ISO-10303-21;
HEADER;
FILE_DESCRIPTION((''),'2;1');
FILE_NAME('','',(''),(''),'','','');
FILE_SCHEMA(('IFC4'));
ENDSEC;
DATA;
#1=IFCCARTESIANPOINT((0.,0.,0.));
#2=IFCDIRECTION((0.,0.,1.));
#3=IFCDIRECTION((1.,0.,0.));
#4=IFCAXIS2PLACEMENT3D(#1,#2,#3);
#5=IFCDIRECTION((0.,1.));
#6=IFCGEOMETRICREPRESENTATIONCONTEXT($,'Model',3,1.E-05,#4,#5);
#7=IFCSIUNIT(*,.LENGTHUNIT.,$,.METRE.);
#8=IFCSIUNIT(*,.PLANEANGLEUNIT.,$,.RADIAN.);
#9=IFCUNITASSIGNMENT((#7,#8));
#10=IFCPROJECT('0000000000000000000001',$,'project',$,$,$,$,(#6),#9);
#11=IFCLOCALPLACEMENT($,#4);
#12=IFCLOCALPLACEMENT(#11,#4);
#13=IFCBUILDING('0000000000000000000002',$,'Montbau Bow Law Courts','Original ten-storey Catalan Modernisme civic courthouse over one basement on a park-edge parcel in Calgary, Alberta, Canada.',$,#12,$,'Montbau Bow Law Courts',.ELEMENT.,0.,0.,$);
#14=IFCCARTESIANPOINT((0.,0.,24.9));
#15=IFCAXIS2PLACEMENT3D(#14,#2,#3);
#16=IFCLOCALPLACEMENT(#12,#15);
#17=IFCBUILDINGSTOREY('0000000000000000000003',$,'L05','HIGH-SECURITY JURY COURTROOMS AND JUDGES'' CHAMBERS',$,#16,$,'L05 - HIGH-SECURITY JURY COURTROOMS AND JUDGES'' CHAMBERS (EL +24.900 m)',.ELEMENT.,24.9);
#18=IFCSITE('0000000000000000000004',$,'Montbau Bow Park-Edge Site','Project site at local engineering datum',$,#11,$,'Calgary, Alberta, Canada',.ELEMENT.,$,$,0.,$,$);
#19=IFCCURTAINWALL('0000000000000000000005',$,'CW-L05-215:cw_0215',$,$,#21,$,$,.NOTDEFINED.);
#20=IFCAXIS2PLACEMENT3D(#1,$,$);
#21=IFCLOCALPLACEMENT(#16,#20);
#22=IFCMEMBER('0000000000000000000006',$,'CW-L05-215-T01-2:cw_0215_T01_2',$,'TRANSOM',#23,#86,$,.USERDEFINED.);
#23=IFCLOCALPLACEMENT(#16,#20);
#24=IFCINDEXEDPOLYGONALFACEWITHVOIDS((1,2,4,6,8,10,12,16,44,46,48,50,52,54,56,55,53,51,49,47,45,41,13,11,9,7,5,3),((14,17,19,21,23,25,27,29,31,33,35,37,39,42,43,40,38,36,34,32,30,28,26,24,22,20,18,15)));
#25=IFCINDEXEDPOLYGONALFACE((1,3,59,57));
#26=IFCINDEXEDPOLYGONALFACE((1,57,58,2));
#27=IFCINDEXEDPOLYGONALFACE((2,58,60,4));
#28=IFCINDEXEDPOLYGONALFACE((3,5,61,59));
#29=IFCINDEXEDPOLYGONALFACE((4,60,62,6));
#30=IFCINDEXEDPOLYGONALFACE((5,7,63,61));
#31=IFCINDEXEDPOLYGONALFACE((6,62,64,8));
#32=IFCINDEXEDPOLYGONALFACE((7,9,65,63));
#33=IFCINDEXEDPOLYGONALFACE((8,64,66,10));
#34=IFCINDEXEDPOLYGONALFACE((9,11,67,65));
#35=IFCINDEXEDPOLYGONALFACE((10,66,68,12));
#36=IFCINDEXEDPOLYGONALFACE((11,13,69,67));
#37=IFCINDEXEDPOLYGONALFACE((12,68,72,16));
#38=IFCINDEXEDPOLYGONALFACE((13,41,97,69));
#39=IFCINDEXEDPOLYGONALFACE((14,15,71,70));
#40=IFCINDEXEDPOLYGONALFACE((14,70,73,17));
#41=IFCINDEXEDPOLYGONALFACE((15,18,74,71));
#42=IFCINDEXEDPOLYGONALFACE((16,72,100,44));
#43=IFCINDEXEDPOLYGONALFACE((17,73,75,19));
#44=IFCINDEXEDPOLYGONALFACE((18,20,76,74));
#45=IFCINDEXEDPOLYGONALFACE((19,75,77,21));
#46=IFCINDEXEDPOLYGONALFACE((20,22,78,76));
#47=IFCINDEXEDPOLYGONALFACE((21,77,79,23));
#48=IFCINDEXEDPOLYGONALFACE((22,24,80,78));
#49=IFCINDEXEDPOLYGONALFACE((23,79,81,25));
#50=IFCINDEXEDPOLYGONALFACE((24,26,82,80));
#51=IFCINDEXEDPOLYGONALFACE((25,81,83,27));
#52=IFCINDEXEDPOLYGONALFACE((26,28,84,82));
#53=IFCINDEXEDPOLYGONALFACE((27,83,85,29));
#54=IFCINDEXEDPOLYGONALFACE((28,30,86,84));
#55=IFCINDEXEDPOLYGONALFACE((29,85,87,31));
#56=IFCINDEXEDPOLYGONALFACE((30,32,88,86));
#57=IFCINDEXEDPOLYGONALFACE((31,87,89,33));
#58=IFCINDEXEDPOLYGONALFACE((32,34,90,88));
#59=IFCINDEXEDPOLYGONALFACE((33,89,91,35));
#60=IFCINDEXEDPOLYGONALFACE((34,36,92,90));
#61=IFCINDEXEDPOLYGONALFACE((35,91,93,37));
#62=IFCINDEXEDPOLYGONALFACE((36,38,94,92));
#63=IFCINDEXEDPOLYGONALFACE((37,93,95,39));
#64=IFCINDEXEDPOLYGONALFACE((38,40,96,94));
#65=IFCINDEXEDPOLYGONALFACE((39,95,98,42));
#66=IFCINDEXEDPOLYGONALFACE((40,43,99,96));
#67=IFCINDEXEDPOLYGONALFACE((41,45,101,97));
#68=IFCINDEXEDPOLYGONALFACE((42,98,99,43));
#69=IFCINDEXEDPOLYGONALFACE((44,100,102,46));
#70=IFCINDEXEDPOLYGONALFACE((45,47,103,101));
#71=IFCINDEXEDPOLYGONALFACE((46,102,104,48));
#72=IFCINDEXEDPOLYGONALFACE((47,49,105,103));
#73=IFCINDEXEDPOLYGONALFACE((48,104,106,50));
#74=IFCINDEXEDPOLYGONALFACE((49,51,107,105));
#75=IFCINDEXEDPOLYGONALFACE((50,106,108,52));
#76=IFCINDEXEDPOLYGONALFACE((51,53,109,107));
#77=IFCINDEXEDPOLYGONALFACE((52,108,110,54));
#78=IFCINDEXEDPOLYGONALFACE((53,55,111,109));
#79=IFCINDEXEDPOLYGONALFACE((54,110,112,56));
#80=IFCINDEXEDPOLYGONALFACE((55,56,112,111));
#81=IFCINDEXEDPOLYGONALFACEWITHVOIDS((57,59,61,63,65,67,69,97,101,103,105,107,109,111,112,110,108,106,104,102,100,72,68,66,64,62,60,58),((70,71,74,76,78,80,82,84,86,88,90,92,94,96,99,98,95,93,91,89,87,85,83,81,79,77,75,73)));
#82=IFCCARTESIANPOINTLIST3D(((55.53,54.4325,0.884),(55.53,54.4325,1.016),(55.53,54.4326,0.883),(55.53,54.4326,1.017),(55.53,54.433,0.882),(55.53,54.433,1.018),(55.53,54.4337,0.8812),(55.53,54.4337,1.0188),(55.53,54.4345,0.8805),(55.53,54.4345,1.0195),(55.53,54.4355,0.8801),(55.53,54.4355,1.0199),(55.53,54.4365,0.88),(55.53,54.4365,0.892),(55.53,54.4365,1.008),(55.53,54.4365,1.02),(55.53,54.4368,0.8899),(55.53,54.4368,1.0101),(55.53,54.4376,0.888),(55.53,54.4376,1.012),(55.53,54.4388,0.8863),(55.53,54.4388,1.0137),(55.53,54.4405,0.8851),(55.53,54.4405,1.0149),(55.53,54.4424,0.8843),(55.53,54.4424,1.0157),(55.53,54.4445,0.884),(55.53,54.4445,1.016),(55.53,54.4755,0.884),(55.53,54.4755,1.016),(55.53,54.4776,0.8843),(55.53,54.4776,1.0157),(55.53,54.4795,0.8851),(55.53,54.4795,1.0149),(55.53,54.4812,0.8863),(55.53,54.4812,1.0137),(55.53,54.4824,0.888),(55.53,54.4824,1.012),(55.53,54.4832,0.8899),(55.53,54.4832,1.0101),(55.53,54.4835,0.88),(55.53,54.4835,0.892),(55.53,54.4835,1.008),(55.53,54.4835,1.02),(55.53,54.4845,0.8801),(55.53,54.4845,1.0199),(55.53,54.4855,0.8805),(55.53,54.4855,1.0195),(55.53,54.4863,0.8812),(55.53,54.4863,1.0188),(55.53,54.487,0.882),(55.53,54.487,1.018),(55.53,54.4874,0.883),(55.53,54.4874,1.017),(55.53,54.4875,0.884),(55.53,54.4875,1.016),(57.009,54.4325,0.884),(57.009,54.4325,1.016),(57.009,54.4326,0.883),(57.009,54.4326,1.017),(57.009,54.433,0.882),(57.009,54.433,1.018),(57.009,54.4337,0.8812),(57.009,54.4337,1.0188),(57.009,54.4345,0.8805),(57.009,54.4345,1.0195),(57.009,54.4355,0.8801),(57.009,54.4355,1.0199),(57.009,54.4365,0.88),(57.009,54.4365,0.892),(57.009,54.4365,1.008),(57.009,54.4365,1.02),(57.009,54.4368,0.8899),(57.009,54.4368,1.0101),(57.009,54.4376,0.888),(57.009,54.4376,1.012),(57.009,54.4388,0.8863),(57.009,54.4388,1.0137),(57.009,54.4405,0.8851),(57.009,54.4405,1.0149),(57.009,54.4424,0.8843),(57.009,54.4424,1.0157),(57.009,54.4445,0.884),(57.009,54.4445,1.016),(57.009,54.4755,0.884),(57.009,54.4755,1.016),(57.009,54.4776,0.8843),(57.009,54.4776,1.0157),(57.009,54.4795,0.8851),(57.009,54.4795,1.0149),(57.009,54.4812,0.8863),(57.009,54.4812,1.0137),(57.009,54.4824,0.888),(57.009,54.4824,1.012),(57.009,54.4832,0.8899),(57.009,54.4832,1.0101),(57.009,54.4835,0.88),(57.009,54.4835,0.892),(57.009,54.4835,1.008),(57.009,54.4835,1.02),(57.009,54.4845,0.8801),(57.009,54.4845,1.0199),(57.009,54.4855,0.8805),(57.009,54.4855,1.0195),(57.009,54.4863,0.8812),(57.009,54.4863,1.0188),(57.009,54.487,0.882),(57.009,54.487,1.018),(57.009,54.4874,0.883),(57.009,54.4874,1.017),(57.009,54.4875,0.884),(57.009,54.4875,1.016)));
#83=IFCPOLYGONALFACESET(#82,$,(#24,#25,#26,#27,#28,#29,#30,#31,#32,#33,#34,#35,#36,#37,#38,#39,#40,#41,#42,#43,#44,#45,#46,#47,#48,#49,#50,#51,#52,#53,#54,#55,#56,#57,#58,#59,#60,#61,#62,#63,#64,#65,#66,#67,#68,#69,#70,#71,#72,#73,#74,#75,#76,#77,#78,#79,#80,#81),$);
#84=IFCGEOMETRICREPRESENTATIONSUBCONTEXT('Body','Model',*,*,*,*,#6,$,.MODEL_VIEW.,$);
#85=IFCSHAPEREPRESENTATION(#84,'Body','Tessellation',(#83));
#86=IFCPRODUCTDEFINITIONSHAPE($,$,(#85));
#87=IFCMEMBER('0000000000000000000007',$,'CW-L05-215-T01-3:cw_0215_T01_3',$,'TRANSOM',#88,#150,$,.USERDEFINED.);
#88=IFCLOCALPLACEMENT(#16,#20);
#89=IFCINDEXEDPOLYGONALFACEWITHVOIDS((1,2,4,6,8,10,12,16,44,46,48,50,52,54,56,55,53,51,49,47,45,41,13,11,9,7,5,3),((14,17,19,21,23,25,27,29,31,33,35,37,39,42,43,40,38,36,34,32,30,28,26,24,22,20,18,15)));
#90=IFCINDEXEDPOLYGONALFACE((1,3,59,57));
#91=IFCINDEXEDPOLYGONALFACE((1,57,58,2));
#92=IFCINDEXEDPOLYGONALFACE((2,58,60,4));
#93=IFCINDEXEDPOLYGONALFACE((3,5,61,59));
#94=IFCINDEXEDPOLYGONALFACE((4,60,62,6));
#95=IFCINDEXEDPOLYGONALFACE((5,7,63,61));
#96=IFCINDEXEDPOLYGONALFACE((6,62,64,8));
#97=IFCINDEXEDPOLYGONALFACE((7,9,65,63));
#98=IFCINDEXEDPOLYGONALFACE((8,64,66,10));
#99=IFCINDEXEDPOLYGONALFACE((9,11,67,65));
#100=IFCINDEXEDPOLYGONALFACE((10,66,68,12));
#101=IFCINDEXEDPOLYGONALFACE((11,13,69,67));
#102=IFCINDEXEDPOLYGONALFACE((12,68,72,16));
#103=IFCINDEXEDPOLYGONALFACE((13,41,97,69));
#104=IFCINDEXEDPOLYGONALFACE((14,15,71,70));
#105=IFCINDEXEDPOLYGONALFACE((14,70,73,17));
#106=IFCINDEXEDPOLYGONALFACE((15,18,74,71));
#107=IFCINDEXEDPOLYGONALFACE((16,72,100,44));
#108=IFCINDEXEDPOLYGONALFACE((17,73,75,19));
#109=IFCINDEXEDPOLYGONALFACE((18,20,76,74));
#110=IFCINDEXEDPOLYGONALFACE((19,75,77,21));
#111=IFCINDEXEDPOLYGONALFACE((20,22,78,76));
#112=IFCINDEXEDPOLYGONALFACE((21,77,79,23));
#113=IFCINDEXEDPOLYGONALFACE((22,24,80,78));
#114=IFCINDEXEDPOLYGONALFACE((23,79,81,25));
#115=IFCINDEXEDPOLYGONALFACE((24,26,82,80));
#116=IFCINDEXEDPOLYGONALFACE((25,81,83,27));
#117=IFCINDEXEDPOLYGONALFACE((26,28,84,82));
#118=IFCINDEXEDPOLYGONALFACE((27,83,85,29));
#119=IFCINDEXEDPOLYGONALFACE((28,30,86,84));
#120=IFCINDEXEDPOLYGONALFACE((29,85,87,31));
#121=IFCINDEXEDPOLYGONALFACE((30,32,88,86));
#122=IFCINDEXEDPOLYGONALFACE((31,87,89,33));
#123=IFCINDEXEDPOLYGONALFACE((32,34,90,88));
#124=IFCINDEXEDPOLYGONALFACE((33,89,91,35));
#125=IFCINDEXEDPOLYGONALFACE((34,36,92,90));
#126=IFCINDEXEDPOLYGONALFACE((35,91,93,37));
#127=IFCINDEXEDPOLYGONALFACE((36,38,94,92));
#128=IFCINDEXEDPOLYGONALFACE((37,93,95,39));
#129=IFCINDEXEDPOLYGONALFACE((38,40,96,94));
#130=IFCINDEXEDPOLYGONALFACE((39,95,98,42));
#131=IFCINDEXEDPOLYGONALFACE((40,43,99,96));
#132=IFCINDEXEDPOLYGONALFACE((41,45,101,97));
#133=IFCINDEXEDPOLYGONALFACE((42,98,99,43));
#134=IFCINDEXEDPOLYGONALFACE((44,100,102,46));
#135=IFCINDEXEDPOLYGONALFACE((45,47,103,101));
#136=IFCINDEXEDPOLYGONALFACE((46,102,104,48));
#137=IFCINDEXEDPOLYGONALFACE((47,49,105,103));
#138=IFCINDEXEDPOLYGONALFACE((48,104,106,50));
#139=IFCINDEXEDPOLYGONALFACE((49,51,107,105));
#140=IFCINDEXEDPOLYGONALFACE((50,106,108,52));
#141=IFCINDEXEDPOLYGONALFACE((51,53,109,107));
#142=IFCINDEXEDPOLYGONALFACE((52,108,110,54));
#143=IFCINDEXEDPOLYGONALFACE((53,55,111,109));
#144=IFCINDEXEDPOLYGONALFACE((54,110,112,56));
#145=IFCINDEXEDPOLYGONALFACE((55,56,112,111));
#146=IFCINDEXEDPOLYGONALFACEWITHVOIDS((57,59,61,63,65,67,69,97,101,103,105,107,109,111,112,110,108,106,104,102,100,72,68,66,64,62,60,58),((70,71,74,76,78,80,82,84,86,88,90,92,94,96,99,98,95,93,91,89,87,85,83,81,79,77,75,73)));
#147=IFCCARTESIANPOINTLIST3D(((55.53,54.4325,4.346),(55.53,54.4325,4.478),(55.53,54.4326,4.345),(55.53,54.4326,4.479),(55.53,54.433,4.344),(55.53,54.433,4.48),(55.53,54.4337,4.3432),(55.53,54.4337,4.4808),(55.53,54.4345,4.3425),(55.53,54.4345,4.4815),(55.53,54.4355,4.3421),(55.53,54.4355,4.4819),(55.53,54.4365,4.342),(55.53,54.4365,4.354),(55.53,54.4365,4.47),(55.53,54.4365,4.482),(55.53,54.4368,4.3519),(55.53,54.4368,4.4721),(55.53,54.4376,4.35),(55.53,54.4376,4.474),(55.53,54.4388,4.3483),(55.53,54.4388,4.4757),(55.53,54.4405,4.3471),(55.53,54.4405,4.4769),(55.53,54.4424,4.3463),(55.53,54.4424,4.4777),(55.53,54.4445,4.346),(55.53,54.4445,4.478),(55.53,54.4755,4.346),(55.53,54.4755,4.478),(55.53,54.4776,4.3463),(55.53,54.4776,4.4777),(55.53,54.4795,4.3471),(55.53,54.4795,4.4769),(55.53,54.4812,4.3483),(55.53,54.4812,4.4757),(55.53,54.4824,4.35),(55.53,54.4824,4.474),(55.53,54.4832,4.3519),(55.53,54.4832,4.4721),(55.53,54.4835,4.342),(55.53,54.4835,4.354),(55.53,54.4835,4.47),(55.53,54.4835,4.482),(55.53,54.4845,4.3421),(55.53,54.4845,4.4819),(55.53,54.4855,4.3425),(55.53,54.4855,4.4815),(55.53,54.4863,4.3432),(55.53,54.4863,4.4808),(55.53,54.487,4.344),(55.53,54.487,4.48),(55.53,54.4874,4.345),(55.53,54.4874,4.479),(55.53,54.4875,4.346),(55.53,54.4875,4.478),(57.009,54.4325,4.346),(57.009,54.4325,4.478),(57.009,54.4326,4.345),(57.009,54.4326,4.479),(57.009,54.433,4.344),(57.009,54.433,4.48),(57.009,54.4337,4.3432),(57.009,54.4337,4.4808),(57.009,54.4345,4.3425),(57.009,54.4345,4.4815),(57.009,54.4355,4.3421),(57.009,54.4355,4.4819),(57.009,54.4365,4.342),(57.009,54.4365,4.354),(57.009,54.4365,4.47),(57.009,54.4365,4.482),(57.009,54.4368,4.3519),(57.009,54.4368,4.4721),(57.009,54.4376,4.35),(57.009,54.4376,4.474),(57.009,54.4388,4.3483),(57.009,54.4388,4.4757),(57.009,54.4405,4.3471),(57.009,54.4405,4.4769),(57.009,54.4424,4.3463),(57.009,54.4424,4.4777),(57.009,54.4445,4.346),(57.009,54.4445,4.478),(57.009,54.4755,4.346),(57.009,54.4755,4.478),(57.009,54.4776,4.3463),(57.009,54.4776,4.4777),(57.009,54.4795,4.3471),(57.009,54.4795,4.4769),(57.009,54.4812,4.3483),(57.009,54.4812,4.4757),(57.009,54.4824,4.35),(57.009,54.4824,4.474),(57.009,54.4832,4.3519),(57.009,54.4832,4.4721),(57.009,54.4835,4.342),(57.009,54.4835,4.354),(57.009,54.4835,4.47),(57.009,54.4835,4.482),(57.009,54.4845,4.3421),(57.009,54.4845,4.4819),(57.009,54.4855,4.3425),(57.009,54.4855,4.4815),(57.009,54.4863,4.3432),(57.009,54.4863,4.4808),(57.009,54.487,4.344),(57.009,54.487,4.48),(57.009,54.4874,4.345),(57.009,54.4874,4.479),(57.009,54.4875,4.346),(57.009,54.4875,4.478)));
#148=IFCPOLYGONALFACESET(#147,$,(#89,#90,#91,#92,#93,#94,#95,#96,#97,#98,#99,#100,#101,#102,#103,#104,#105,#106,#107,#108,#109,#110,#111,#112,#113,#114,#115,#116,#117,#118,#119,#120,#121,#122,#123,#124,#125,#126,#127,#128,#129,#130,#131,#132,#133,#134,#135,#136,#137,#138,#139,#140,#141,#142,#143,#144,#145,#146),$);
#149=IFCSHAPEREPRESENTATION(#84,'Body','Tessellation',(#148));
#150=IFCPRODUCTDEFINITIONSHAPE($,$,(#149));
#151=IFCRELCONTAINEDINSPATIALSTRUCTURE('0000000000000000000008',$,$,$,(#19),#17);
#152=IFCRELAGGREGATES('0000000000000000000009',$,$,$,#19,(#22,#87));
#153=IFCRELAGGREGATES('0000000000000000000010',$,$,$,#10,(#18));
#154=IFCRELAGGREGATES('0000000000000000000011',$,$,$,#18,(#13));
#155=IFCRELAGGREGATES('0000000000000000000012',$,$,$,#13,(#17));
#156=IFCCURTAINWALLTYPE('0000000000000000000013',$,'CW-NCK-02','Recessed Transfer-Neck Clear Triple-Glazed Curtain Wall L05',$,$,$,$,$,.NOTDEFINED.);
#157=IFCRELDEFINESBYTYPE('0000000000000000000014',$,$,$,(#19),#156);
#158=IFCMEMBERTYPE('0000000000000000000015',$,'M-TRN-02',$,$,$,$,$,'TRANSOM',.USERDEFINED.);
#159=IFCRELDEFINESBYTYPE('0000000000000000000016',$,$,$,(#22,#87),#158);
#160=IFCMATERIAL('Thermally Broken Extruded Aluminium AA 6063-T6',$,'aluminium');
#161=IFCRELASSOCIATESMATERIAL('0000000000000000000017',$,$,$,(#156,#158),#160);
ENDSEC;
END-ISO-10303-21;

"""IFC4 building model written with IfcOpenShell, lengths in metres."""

from ifc_helpers import new_model, si_unit, direction, frame, origin_with_axes, origin_2d_with_axis, place, context, subcontext, project, spatial, hollow_rectangle, extrude, material, material_profile, profile_set, type_object, element, aggregate, save


model = new_model("IFC4")

# Units and contexts
model_context = context("Model", 3, precision=1e-05, world=origin_with_axes(), true_north=direction((0.0, 1.0)))
body_context = subcontext(model_context, "Body", "Model", "MODEL_VIEW")
ifc_project = project(units=[si_unit("LENGTHUNIT", "METRE"), si_unit("PLANEANGLEUNIT", "RADIAN")], contexts=[model_context])

# Site, building, storey
site_placement = place(None, origin_with_axes())
site = spatial("IfcSite", under=ifc_project, at=site_placement, Name="Montbau Bow Park-Edge Site", Description="Project site at local engineering datum", LongName="Calgary, Alberta, Canada", CompositionType="ELEMENT", RefElevation=0.0)
building_placement = place(site_placement, origin_with_axes())
building = spatial("IfcBuilding", under=site, at=building_placement, Name="Montbau Bow Law Courts", Description="Original ten-storey Catalan Modernisme civic courthouse over one basement on a park-edge parcel in Calgary, Alberta, Canada.", LongName="Montbau Bow Law Courts", CompositionType="ELEMENT", ElevationOfRefHeight=0.0, ElevationOfTerrain=0.0)
storey_placement = place(building_placement, frame((0.0, 0.0, 24.9), z_axis=(0.0, 0.0, 1.0), x_axis=(1.0, 0.0, 0.0)))
storey = spatial("IfcBuildingStorey", under=building, at=storey_placement, Name="L05", Description="HIGH-SECURITY JURY COURTROOMS AND JUDGES' CHAMBERS", LongName="L05 - HIGH-SECURITY JURY COURTROOMS AND JUDGES' CHAMBERS (EL +24.900 m)", CompositionType="ELEMENT", Elevation=24.9)

# Curtain wall, members
ifc_material_1 = material(Name="Thermally Broken Extruded Aluminium AA 6063-T6", Category="aluminium")
curtain_wall_type = type_object("IfcCurtainWallType", Name="CW-NCK-02", Description="Recessed Transfer-Neck Clear Triple-Glazed Curtain Wall L05", PredefinedType="NOTDEFINED", material=ifc_material_1)
curtain_wall_placement = place(None, frame((55.468, 54.46, 24.9), z_axis=(0.0, 0.0, 1.0), x_axis=(1.0, 0.0, 0.0)))
curtain_wall = element("IfcCurtainWall", 1, at=curtain_wall_placement, inside=storey, type_object=curtain_wall_type, Name="CW-L05-215:cw_0215", PredefinedType="NOTDEFINED")
ifc_material_profile_1 = material_profile(ifc_material_1, hollow_rectangle(XDim=0.055, YDim=0.14, WallThickness=0.004, InnerFilletRadius=0.008, OuterFilletRadius=0.004, at=origin_2d_with_axis()), Name="CWT-140X55", Category="Main", Priority=0)
ifc_profile_set_1 = profile_set([ifc_material_profile_1], Name="Thermally Broken Extruded Aluminium AA 6063-T6")
member_type_1 = type_object("IfcMemberType", Name="M-TRN-02", ElementType="TRANSOM", PredefinedType="USERDEFINED", material=ifc_profile_set_1)
member_1_placement = place(None, frame((55.53, 54.46, 25.85), z_axis=(1.0, 0.0, 0.0), x_axis=(0.0, 1.0, 0.0)))
member_1 = element("IfcMember", 2, at=member_1_placement, type_object=member_type_1, Name="CW-L05-215-T01-2:cw_0215_T01_2", ObjectType="TRANSOM", PredefinedType="USERDEFINED", context=body_context, shape_type="SweptSolid", body=[
    extrude(hollow_rectangle(XDim=0.055, YDim=0.14, WallThickness=0.004, InnerFilletRadius=0.008, OuterFilletRadius=0.004, at=origin_2d_with_axis()), origin_with_axes(), (0.0, 0.0, 1.0), 1.479),
])
member_2_placement = place(None, frame((55.53, 54.46, 29.312), z_axis=(1.0, 0.0, 0.0), x_axis=(0.0, 1.0, 0.0)))
member_2 = element("IfcMember", 3, at=member_2_placement, type_object=member_type_1, Name="CW-L05-215-T01-3:cw_0215_T01_3", ObjectType="TRANSOM", PredefinedType="USERDEFINED", context=body_context, shape_type="SweptSolid", body=[
    extrude(hollow_rectangle(XDim=0.055, YDim=0.14, WallThickness=0.004, InnerFilletRadius=0.008, OuterFilletRadius=0.004, at=origin_2d_with_axis()), origin_with_axes(), (0.0, 0.0, 1.0), 1.479),
])
aggregate(curtain_wall, [member_1, member_2])

save(model, "model.ifc")
